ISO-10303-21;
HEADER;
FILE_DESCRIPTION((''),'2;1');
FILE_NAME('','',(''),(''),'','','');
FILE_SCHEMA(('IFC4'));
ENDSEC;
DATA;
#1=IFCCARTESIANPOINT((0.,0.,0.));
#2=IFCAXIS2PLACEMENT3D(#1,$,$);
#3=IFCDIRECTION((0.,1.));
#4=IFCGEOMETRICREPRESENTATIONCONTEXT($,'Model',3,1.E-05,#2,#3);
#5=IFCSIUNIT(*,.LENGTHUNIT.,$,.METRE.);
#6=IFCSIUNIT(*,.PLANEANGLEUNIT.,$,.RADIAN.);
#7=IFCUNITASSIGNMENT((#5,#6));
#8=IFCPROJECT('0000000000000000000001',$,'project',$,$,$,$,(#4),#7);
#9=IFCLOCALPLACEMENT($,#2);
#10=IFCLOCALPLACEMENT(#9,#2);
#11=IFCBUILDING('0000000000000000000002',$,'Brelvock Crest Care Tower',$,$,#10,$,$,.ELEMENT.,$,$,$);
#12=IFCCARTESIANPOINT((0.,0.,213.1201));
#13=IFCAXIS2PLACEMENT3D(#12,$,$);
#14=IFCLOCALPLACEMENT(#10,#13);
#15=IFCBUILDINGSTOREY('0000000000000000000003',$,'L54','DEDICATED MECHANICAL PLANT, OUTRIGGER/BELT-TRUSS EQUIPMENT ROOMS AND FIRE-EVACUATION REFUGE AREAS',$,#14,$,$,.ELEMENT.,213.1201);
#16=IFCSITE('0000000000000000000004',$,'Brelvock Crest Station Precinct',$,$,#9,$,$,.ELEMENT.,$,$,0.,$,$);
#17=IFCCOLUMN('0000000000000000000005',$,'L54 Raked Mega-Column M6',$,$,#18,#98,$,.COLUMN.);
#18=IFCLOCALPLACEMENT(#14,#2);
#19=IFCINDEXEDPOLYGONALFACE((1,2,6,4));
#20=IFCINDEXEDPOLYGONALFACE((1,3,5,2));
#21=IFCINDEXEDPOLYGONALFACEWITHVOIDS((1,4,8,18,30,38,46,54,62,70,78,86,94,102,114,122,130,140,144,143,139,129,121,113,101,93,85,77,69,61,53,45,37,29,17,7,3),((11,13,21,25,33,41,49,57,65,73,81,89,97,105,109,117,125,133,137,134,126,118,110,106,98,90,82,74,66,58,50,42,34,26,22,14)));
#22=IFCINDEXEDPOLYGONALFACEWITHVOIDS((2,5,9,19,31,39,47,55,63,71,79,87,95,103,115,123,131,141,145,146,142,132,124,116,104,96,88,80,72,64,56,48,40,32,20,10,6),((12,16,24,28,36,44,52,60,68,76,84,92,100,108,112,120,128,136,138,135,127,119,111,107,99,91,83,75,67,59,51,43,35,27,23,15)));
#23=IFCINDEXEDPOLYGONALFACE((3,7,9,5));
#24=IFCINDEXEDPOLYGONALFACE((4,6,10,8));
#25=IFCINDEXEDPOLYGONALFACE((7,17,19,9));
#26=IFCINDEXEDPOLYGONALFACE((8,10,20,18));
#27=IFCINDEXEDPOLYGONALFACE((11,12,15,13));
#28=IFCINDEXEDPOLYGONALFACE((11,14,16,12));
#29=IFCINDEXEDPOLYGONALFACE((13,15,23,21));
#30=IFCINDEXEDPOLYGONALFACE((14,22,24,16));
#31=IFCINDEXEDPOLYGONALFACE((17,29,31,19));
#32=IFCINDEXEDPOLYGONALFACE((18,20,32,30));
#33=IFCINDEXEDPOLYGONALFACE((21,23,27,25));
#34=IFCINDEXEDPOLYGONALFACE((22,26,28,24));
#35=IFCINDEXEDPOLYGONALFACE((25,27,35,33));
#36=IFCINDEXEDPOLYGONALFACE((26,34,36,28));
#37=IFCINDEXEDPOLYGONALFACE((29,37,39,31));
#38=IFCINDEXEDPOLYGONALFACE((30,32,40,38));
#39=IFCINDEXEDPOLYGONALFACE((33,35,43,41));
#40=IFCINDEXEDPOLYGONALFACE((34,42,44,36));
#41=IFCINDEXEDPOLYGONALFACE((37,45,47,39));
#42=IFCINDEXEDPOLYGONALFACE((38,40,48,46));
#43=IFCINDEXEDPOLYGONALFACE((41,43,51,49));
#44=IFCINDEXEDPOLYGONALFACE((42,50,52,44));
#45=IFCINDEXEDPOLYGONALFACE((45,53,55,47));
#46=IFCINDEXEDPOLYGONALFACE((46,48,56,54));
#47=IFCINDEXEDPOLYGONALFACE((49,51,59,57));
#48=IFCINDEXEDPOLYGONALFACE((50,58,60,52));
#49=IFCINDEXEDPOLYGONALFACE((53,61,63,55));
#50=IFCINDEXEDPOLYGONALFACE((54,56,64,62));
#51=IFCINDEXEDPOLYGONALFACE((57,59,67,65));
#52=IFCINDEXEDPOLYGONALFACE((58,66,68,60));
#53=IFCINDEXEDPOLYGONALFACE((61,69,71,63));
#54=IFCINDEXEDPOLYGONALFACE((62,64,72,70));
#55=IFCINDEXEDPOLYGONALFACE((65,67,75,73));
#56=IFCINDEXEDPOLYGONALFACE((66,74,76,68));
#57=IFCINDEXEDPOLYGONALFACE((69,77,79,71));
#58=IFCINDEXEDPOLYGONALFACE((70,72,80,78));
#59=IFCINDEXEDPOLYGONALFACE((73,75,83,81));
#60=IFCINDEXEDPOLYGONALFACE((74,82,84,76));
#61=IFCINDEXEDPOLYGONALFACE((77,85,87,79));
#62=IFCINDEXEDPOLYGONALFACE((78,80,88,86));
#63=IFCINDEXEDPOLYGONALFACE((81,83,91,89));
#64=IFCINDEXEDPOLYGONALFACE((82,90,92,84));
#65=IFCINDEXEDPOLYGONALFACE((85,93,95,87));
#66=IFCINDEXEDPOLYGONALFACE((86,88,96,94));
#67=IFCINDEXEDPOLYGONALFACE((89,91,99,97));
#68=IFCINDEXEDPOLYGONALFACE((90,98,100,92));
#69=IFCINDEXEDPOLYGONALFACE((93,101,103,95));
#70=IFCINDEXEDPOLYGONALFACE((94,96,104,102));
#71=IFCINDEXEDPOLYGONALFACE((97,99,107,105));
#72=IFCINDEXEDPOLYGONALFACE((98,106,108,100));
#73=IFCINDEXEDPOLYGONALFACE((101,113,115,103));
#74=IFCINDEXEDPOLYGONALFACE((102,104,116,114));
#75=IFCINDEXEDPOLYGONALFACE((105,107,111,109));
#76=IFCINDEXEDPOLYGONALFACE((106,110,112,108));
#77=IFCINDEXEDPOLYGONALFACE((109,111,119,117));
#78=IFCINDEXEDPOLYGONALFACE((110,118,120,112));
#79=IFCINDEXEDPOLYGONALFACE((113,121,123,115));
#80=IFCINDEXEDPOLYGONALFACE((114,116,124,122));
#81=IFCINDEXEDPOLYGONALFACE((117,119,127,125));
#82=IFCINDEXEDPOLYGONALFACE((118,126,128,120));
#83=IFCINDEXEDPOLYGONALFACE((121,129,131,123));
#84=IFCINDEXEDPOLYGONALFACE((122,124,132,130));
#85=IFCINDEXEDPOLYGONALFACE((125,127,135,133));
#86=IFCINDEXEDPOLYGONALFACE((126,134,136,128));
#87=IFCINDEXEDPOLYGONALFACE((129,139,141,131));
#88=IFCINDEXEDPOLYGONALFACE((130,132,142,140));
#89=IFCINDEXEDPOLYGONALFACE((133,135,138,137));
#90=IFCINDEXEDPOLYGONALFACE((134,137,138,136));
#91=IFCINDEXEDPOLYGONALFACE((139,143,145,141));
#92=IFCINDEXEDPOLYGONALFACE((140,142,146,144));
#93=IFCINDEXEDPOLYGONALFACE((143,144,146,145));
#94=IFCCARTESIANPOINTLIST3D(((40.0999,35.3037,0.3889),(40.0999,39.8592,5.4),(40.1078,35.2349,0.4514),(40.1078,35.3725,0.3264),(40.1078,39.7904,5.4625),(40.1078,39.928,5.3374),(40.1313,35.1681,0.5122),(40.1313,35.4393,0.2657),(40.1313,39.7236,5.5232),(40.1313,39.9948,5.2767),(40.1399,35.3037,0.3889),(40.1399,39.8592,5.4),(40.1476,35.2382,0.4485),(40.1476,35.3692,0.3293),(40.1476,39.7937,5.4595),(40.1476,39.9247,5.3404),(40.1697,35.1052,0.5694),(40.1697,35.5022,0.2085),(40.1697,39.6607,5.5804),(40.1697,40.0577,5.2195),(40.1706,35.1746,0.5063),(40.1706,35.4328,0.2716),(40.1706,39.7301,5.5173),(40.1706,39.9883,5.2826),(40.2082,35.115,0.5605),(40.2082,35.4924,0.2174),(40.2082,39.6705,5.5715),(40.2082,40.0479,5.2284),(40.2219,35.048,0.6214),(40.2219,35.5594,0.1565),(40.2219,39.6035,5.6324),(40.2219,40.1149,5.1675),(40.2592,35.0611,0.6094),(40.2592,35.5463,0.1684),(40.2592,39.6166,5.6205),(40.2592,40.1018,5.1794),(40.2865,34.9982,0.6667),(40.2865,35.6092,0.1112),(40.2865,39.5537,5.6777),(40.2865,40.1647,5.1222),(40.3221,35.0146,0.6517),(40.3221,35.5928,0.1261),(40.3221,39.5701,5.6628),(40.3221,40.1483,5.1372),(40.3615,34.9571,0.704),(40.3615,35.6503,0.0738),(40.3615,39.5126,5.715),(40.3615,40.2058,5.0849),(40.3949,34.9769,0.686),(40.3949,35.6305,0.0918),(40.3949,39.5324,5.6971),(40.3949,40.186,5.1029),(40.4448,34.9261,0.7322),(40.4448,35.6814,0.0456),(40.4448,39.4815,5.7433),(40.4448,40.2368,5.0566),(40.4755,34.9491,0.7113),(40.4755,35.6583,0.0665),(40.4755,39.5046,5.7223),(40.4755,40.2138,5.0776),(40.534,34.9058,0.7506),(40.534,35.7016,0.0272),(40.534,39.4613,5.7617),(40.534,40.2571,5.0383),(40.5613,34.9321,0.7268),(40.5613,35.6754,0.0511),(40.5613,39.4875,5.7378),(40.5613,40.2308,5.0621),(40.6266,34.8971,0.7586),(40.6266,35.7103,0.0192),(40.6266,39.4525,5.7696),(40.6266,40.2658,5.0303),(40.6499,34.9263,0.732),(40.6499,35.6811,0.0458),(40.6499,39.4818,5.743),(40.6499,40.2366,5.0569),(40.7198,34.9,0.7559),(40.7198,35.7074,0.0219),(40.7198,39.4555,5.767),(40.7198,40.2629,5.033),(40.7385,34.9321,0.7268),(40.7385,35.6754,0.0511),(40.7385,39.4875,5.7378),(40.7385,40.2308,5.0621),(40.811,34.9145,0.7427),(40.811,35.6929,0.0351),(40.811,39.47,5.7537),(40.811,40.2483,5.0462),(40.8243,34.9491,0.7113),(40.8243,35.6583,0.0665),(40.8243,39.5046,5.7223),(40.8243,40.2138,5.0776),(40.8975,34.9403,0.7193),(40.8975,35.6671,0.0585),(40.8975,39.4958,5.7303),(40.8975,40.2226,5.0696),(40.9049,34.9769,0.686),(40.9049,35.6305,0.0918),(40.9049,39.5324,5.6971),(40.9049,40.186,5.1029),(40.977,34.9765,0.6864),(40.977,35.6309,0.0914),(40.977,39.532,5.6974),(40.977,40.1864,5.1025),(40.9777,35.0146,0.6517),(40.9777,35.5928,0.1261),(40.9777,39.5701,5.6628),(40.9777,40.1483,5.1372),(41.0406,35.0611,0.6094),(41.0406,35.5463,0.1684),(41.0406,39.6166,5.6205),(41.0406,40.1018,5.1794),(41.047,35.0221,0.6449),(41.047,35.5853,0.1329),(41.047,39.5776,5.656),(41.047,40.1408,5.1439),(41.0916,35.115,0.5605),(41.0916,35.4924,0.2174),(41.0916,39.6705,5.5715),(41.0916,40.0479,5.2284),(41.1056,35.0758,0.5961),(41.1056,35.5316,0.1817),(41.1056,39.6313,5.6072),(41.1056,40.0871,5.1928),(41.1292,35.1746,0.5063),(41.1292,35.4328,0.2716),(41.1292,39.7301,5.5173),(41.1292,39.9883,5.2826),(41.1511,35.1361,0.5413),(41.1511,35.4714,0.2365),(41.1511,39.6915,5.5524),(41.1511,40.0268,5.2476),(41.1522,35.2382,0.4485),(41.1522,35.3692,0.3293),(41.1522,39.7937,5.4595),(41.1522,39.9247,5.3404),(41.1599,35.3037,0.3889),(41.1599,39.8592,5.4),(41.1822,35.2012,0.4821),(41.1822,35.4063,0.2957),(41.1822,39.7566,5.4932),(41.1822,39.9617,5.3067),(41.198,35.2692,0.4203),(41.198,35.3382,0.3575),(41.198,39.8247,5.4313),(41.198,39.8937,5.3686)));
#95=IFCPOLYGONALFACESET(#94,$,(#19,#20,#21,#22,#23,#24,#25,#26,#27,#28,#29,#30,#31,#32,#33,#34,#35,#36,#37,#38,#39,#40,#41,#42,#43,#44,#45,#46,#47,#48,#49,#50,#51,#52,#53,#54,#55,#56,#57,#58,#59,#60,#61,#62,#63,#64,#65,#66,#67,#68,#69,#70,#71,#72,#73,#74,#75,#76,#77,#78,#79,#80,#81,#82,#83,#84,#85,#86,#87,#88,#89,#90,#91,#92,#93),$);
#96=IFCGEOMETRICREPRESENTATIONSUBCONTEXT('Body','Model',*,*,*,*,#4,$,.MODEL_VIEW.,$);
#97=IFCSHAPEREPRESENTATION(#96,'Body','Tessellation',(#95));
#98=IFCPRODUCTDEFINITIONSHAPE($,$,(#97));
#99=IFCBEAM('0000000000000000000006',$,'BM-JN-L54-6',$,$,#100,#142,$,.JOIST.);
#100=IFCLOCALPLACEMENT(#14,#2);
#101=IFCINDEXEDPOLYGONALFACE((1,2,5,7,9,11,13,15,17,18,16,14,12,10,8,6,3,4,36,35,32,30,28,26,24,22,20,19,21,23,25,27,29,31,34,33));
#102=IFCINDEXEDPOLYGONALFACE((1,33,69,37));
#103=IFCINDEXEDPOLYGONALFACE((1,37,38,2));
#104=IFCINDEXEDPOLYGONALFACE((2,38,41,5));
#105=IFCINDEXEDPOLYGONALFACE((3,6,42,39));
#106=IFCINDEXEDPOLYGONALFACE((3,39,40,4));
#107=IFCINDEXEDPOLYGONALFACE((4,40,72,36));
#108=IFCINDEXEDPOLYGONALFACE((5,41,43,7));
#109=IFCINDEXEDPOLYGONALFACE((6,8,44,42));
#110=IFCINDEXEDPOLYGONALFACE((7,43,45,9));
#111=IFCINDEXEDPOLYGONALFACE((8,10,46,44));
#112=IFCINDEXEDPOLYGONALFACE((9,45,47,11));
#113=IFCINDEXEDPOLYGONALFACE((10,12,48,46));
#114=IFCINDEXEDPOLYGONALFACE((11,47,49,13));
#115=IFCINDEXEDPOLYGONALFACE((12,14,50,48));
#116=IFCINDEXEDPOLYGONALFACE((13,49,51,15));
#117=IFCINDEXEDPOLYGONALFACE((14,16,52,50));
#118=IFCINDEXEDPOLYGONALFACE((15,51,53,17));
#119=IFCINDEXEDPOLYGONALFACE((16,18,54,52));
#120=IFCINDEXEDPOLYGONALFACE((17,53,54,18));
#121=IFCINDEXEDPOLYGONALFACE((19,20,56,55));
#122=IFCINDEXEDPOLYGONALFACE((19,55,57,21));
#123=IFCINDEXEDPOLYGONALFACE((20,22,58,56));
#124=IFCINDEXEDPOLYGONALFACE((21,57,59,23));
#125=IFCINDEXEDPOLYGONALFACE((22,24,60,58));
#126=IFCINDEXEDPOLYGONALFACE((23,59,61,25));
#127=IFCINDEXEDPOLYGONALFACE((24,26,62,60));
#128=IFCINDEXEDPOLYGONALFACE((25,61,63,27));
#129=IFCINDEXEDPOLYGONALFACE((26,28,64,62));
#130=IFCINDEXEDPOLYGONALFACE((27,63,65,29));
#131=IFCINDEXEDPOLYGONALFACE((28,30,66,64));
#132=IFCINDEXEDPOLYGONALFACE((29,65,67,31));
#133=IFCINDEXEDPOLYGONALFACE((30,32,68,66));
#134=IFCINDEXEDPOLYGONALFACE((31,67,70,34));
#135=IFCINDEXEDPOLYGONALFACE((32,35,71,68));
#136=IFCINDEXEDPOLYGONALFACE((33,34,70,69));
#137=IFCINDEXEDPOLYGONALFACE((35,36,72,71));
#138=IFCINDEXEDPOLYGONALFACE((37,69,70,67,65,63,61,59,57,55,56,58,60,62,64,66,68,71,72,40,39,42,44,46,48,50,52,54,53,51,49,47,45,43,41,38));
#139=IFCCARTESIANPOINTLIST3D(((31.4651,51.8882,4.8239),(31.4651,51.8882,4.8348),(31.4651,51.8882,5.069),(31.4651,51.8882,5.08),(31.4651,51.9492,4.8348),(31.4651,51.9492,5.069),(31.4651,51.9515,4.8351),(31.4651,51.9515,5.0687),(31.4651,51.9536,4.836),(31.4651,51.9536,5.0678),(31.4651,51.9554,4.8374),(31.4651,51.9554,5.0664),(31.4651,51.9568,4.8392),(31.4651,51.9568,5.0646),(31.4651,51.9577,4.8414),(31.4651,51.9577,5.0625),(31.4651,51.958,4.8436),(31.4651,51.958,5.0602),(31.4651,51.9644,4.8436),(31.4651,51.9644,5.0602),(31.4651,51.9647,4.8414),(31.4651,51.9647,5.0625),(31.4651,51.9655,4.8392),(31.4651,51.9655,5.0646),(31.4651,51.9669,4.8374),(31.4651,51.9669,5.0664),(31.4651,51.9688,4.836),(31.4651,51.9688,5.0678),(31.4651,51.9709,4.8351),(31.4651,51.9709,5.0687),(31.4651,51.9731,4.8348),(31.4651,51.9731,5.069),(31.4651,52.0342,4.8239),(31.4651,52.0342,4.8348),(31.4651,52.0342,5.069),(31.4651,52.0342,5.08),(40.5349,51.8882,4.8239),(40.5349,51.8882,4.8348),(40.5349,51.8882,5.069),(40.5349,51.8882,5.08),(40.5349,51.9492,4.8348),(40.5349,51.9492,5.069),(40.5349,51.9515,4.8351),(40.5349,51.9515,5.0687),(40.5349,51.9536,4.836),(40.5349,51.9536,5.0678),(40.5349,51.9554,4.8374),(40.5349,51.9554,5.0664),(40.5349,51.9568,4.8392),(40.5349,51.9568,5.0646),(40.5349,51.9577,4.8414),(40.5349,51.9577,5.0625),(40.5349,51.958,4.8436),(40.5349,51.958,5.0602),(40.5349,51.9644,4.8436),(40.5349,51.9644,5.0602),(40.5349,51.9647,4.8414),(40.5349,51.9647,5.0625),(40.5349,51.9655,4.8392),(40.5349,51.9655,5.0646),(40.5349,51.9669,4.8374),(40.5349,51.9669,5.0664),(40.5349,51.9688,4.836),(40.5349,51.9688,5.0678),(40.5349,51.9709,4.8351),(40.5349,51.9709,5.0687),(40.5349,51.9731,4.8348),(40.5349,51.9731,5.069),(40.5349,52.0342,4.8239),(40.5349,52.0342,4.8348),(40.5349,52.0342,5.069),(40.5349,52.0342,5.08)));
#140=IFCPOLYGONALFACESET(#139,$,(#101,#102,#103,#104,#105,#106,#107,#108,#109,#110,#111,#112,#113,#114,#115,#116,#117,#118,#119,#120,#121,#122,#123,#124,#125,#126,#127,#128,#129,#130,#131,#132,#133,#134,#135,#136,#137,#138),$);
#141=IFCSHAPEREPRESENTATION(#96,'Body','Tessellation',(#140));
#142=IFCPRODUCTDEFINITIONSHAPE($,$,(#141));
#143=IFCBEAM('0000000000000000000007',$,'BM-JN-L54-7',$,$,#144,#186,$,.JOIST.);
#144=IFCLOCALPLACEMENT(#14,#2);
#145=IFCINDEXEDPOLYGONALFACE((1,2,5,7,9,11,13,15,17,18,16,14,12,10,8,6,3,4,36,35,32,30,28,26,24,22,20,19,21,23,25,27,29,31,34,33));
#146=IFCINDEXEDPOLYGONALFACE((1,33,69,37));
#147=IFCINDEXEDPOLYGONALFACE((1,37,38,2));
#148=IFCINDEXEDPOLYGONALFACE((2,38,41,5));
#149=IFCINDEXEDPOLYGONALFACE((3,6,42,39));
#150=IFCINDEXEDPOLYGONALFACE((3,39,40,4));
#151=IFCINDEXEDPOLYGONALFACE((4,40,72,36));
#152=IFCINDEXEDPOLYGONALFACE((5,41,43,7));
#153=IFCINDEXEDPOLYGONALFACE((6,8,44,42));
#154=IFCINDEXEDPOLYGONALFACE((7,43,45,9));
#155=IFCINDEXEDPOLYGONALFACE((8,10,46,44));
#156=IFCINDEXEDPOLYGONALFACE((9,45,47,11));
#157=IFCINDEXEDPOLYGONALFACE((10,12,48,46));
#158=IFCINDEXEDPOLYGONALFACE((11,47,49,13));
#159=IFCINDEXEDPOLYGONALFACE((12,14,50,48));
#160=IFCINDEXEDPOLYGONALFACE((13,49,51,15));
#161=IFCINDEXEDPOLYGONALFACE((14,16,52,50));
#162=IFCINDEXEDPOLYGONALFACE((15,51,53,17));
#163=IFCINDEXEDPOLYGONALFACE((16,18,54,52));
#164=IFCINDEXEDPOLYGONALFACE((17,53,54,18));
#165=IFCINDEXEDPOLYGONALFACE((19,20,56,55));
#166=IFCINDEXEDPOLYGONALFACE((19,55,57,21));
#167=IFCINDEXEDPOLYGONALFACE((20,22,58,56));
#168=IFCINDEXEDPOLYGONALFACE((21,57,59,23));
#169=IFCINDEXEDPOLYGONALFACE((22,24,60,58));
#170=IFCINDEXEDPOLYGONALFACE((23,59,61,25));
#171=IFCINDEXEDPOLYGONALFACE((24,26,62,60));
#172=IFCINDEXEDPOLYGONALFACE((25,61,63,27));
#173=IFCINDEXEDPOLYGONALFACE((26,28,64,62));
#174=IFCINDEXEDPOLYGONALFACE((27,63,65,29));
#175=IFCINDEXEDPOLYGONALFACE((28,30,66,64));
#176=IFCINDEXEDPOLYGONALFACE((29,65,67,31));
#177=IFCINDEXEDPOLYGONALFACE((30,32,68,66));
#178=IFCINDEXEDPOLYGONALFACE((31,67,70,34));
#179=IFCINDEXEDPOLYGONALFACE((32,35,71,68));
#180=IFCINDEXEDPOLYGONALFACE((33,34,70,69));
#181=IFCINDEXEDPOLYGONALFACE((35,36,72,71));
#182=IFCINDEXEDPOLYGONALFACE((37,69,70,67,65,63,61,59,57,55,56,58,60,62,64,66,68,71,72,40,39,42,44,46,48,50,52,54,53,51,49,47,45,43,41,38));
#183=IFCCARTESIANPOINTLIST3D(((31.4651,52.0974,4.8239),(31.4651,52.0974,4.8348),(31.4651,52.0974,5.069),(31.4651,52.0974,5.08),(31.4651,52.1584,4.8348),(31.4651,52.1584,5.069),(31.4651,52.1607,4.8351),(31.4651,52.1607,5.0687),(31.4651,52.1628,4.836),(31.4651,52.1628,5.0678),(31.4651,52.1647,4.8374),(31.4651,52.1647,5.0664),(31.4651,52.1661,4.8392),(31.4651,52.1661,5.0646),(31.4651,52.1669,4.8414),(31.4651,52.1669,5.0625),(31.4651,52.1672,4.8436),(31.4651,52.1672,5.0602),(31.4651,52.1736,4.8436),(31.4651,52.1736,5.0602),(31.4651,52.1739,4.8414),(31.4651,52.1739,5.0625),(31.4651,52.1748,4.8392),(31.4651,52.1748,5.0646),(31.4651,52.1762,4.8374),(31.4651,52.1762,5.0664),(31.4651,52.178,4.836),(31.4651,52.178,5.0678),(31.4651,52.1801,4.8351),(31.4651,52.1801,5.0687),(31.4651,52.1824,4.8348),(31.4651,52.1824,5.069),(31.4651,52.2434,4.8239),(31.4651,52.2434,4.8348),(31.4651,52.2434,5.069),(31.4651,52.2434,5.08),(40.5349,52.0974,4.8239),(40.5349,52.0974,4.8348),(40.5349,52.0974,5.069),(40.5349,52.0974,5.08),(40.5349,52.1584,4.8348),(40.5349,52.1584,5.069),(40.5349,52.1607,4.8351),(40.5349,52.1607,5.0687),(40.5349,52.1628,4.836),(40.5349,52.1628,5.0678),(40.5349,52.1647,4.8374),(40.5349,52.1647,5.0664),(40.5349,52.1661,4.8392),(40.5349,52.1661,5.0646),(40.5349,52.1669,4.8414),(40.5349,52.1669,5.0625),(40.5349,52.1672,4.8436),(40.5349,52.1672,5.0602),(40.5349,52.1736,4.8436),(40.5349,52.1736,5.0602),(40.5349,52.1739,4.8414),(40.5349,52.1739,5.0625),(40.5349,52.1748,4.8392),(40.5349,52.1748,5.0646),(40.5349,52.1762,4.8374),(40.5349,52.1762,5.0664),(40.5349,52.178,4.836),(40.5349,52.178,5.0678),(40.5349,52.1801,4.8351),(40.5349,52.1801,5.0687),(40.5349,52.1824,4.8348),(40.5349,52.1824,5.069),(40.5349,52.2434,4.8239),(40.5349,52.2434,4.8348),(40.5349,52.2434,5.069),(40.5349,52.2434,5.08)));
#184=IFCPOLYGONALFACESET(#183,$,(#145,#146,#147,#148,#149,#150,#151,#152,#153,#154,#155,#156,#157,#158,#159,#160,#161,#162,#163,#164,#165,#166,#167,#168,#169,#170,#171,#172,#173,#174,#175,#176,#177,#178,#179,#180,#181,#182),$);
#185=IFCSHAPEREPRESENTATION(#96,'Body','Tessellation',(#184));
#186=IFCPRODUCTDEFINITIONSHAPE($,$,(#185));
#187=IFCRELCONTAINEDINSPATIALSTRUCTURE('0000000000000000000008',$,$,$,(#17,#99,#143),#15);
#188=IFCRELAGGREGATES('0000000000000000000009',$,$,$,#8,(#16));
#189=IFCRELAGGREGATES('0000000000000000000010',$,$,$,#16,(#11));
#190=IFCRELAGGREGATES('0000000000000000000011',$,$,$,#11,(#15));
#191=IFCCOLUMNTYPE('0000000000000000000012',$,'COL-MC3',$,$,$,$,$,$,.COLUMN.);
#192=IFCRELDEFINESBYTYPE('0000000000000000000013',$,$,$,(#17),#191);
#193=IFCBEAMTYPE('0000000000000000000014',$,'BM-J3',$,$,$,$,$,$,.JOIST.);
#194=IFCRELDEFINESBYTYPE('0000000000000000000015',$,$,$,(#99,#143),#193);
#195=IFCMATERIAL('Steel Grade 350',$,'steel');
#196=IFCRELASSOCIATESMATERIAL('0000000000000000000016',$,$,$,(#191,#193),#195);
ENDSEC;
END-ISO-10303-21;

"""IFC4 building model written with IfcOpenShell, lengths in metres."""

from ifc_helpers import new_model, si_unit, direction, frame, origin, origin_2d, place, context, subcontext, project, spatial, hollow_circle, i_section, extrude, source, transform, mapped, material, material_profile, profile_set, type_object, element, save


model = new_model("IFC4")

# Units and contexts
model_context = context("Model", 3, precision=1e-05, world=origin(), true_north=direction((0.0, 1.0)))
body_context = subcontext(model_context, "Body", "Model", "MODEL_VIEW")
ifc_project = project(units=[si_unit("LENGTHUNIT", "METRE"), si_unit("PLANEANGLEUNIT", "RADIAN")], contexts=[model_context])

# Site, building, storey
site_placement = place(None, origin())
site = spatial("IfcSite", under=ifc_project, at=site_placement, Name="Brelvock Crest Station Precinct", CompositionType="ELEMENT", RefElevation=0.0)
building_placement = place(site_placement, origin())
building = spatial("IfcBuilding", under=site, at=building_placement, Name="Brelvock Crest Care Tower", CompositionType="ELEMENT")
storey_placement = place(building_placement, frame((0.0, 0.0, 213.1201)))
storey = spatial("IfcBuildingStorey", under=building, at=storey_placement, Name="L54", Description="DEDICATED MECHANICAL PLANT, OUTRIGGER/BELT-TRUSS EQUIPMENT ROOMS AND FIRE-EVACUATION REFUGE AREAS", CompositionType="ELEMENT", Elevation=213.1201)

# Column
ifc_material_1 = material(Name="Steel Grade 350", Category="steel")
ifc_material_profile_1 = material_profile(ifc_material_1, hollow_circle(Radius=0.55, WallThickness=0.04, at=origin_2d()), Name="CFT1100x40")
ifc_profile_set_1 = profile_set([ifc_material_profile_1], Name="Steel Grade 350")
column_type = type_object("IfcColumnType", Name="COL-MC3", PredefinedType="COLUMN", material=ifc_profile_set_1)
shared_shape_1 = source(origin(), body_context, "Body", "SweptSolid", [
    extrude(hollow_circle(Radius=0.55, WallThickness=0.04, at=origin_2d()), origin(), (0.0, 0.0, 1.0), 6.7722),
])
column_placement = place(storey_placement, frame((40.6499, 35.3037, 0.3889), z_axis=(0.0, 0.672671, 0.739942), x_axis=(-1.0, 0.0, 0.0)))
element("IfcColumn", 1, at=column_placement, inside=storey, type_object=column_type, Name="L54 Raked Mega-Column M6", PredefinedType="COLUMN", context=body_context, shape_type="MappedRepresentation", body=[
    mapped(shared_shape_1, transform((0.0, 0.0, 0.0), x_axis=(1.0, 0.0, 0.0), y_axis=(0.0, 1.0, 0.0), z_axis=(0.0, 0.0, 1.0), scale=1.0)),
])

# Beams
ifc_material_profile_2 = material_profile(ifc_material_1, i_section(OverallWidth=0.146, OverallDepth=0.2561, WebThickness=0.0063, FlangeThickness=0.011, FilletRadius=0.0088, at=origin_2d()), Name="250UB37.3")
ifc_profile_set_2 = profile_set([ifc_material_profile_2], Name="Steel Grade 350")
beam_type_1 = type_object("IfcBeamType", Name="BM-J3", PredefinedType="JOIST", material=ifc_profile_set_2)
shared_shape_2 = source(origin(), body_context, "Body", "SweptSolid", [
    extrude(i_section(OverallWidth=0.146, OverallDepth=0.2561, WebThickness=0.0063, FlangeThickness=0.011, FilletRadius=0.0088, at=origin_2d()), origin(), (0.0, 0.0, 1.0), 9.0698),
])
for number, where, z_axis, x_axis, name in (
    (2, (31.4651, 51.9612, 4.9519), (1.0, 0.0, 0.0), (0.0, 1.0, 0.0), "BM-JN-L54-6"),
    (3, (31.4651, 52.1704, 4.9519), (1.0, 0.0, 0.0), (0.0, 1.0, 0.0), "BM-JN-L54-7"),
):
    element("IfcBeam", number, at=place(storey_placement, frame(where, z_axis=z_axis, x_axis=x_axis)), inside=storey, type_object=beam_type_1, Name=name, PredefinedType="JOIST", context=body_context, shape_type="MappedRepresentation", body=[
        mapped(shared_shape_2, transform((0.0, 0.0, 0.0), x_axis=(1.0, 0.0, 0.0), y_axis=(0.0, 1.0, 0.0), z_axis=(0.0, 0.0, 1.0), scale=1.0)),
    ])

save(model, "model.ifc")
